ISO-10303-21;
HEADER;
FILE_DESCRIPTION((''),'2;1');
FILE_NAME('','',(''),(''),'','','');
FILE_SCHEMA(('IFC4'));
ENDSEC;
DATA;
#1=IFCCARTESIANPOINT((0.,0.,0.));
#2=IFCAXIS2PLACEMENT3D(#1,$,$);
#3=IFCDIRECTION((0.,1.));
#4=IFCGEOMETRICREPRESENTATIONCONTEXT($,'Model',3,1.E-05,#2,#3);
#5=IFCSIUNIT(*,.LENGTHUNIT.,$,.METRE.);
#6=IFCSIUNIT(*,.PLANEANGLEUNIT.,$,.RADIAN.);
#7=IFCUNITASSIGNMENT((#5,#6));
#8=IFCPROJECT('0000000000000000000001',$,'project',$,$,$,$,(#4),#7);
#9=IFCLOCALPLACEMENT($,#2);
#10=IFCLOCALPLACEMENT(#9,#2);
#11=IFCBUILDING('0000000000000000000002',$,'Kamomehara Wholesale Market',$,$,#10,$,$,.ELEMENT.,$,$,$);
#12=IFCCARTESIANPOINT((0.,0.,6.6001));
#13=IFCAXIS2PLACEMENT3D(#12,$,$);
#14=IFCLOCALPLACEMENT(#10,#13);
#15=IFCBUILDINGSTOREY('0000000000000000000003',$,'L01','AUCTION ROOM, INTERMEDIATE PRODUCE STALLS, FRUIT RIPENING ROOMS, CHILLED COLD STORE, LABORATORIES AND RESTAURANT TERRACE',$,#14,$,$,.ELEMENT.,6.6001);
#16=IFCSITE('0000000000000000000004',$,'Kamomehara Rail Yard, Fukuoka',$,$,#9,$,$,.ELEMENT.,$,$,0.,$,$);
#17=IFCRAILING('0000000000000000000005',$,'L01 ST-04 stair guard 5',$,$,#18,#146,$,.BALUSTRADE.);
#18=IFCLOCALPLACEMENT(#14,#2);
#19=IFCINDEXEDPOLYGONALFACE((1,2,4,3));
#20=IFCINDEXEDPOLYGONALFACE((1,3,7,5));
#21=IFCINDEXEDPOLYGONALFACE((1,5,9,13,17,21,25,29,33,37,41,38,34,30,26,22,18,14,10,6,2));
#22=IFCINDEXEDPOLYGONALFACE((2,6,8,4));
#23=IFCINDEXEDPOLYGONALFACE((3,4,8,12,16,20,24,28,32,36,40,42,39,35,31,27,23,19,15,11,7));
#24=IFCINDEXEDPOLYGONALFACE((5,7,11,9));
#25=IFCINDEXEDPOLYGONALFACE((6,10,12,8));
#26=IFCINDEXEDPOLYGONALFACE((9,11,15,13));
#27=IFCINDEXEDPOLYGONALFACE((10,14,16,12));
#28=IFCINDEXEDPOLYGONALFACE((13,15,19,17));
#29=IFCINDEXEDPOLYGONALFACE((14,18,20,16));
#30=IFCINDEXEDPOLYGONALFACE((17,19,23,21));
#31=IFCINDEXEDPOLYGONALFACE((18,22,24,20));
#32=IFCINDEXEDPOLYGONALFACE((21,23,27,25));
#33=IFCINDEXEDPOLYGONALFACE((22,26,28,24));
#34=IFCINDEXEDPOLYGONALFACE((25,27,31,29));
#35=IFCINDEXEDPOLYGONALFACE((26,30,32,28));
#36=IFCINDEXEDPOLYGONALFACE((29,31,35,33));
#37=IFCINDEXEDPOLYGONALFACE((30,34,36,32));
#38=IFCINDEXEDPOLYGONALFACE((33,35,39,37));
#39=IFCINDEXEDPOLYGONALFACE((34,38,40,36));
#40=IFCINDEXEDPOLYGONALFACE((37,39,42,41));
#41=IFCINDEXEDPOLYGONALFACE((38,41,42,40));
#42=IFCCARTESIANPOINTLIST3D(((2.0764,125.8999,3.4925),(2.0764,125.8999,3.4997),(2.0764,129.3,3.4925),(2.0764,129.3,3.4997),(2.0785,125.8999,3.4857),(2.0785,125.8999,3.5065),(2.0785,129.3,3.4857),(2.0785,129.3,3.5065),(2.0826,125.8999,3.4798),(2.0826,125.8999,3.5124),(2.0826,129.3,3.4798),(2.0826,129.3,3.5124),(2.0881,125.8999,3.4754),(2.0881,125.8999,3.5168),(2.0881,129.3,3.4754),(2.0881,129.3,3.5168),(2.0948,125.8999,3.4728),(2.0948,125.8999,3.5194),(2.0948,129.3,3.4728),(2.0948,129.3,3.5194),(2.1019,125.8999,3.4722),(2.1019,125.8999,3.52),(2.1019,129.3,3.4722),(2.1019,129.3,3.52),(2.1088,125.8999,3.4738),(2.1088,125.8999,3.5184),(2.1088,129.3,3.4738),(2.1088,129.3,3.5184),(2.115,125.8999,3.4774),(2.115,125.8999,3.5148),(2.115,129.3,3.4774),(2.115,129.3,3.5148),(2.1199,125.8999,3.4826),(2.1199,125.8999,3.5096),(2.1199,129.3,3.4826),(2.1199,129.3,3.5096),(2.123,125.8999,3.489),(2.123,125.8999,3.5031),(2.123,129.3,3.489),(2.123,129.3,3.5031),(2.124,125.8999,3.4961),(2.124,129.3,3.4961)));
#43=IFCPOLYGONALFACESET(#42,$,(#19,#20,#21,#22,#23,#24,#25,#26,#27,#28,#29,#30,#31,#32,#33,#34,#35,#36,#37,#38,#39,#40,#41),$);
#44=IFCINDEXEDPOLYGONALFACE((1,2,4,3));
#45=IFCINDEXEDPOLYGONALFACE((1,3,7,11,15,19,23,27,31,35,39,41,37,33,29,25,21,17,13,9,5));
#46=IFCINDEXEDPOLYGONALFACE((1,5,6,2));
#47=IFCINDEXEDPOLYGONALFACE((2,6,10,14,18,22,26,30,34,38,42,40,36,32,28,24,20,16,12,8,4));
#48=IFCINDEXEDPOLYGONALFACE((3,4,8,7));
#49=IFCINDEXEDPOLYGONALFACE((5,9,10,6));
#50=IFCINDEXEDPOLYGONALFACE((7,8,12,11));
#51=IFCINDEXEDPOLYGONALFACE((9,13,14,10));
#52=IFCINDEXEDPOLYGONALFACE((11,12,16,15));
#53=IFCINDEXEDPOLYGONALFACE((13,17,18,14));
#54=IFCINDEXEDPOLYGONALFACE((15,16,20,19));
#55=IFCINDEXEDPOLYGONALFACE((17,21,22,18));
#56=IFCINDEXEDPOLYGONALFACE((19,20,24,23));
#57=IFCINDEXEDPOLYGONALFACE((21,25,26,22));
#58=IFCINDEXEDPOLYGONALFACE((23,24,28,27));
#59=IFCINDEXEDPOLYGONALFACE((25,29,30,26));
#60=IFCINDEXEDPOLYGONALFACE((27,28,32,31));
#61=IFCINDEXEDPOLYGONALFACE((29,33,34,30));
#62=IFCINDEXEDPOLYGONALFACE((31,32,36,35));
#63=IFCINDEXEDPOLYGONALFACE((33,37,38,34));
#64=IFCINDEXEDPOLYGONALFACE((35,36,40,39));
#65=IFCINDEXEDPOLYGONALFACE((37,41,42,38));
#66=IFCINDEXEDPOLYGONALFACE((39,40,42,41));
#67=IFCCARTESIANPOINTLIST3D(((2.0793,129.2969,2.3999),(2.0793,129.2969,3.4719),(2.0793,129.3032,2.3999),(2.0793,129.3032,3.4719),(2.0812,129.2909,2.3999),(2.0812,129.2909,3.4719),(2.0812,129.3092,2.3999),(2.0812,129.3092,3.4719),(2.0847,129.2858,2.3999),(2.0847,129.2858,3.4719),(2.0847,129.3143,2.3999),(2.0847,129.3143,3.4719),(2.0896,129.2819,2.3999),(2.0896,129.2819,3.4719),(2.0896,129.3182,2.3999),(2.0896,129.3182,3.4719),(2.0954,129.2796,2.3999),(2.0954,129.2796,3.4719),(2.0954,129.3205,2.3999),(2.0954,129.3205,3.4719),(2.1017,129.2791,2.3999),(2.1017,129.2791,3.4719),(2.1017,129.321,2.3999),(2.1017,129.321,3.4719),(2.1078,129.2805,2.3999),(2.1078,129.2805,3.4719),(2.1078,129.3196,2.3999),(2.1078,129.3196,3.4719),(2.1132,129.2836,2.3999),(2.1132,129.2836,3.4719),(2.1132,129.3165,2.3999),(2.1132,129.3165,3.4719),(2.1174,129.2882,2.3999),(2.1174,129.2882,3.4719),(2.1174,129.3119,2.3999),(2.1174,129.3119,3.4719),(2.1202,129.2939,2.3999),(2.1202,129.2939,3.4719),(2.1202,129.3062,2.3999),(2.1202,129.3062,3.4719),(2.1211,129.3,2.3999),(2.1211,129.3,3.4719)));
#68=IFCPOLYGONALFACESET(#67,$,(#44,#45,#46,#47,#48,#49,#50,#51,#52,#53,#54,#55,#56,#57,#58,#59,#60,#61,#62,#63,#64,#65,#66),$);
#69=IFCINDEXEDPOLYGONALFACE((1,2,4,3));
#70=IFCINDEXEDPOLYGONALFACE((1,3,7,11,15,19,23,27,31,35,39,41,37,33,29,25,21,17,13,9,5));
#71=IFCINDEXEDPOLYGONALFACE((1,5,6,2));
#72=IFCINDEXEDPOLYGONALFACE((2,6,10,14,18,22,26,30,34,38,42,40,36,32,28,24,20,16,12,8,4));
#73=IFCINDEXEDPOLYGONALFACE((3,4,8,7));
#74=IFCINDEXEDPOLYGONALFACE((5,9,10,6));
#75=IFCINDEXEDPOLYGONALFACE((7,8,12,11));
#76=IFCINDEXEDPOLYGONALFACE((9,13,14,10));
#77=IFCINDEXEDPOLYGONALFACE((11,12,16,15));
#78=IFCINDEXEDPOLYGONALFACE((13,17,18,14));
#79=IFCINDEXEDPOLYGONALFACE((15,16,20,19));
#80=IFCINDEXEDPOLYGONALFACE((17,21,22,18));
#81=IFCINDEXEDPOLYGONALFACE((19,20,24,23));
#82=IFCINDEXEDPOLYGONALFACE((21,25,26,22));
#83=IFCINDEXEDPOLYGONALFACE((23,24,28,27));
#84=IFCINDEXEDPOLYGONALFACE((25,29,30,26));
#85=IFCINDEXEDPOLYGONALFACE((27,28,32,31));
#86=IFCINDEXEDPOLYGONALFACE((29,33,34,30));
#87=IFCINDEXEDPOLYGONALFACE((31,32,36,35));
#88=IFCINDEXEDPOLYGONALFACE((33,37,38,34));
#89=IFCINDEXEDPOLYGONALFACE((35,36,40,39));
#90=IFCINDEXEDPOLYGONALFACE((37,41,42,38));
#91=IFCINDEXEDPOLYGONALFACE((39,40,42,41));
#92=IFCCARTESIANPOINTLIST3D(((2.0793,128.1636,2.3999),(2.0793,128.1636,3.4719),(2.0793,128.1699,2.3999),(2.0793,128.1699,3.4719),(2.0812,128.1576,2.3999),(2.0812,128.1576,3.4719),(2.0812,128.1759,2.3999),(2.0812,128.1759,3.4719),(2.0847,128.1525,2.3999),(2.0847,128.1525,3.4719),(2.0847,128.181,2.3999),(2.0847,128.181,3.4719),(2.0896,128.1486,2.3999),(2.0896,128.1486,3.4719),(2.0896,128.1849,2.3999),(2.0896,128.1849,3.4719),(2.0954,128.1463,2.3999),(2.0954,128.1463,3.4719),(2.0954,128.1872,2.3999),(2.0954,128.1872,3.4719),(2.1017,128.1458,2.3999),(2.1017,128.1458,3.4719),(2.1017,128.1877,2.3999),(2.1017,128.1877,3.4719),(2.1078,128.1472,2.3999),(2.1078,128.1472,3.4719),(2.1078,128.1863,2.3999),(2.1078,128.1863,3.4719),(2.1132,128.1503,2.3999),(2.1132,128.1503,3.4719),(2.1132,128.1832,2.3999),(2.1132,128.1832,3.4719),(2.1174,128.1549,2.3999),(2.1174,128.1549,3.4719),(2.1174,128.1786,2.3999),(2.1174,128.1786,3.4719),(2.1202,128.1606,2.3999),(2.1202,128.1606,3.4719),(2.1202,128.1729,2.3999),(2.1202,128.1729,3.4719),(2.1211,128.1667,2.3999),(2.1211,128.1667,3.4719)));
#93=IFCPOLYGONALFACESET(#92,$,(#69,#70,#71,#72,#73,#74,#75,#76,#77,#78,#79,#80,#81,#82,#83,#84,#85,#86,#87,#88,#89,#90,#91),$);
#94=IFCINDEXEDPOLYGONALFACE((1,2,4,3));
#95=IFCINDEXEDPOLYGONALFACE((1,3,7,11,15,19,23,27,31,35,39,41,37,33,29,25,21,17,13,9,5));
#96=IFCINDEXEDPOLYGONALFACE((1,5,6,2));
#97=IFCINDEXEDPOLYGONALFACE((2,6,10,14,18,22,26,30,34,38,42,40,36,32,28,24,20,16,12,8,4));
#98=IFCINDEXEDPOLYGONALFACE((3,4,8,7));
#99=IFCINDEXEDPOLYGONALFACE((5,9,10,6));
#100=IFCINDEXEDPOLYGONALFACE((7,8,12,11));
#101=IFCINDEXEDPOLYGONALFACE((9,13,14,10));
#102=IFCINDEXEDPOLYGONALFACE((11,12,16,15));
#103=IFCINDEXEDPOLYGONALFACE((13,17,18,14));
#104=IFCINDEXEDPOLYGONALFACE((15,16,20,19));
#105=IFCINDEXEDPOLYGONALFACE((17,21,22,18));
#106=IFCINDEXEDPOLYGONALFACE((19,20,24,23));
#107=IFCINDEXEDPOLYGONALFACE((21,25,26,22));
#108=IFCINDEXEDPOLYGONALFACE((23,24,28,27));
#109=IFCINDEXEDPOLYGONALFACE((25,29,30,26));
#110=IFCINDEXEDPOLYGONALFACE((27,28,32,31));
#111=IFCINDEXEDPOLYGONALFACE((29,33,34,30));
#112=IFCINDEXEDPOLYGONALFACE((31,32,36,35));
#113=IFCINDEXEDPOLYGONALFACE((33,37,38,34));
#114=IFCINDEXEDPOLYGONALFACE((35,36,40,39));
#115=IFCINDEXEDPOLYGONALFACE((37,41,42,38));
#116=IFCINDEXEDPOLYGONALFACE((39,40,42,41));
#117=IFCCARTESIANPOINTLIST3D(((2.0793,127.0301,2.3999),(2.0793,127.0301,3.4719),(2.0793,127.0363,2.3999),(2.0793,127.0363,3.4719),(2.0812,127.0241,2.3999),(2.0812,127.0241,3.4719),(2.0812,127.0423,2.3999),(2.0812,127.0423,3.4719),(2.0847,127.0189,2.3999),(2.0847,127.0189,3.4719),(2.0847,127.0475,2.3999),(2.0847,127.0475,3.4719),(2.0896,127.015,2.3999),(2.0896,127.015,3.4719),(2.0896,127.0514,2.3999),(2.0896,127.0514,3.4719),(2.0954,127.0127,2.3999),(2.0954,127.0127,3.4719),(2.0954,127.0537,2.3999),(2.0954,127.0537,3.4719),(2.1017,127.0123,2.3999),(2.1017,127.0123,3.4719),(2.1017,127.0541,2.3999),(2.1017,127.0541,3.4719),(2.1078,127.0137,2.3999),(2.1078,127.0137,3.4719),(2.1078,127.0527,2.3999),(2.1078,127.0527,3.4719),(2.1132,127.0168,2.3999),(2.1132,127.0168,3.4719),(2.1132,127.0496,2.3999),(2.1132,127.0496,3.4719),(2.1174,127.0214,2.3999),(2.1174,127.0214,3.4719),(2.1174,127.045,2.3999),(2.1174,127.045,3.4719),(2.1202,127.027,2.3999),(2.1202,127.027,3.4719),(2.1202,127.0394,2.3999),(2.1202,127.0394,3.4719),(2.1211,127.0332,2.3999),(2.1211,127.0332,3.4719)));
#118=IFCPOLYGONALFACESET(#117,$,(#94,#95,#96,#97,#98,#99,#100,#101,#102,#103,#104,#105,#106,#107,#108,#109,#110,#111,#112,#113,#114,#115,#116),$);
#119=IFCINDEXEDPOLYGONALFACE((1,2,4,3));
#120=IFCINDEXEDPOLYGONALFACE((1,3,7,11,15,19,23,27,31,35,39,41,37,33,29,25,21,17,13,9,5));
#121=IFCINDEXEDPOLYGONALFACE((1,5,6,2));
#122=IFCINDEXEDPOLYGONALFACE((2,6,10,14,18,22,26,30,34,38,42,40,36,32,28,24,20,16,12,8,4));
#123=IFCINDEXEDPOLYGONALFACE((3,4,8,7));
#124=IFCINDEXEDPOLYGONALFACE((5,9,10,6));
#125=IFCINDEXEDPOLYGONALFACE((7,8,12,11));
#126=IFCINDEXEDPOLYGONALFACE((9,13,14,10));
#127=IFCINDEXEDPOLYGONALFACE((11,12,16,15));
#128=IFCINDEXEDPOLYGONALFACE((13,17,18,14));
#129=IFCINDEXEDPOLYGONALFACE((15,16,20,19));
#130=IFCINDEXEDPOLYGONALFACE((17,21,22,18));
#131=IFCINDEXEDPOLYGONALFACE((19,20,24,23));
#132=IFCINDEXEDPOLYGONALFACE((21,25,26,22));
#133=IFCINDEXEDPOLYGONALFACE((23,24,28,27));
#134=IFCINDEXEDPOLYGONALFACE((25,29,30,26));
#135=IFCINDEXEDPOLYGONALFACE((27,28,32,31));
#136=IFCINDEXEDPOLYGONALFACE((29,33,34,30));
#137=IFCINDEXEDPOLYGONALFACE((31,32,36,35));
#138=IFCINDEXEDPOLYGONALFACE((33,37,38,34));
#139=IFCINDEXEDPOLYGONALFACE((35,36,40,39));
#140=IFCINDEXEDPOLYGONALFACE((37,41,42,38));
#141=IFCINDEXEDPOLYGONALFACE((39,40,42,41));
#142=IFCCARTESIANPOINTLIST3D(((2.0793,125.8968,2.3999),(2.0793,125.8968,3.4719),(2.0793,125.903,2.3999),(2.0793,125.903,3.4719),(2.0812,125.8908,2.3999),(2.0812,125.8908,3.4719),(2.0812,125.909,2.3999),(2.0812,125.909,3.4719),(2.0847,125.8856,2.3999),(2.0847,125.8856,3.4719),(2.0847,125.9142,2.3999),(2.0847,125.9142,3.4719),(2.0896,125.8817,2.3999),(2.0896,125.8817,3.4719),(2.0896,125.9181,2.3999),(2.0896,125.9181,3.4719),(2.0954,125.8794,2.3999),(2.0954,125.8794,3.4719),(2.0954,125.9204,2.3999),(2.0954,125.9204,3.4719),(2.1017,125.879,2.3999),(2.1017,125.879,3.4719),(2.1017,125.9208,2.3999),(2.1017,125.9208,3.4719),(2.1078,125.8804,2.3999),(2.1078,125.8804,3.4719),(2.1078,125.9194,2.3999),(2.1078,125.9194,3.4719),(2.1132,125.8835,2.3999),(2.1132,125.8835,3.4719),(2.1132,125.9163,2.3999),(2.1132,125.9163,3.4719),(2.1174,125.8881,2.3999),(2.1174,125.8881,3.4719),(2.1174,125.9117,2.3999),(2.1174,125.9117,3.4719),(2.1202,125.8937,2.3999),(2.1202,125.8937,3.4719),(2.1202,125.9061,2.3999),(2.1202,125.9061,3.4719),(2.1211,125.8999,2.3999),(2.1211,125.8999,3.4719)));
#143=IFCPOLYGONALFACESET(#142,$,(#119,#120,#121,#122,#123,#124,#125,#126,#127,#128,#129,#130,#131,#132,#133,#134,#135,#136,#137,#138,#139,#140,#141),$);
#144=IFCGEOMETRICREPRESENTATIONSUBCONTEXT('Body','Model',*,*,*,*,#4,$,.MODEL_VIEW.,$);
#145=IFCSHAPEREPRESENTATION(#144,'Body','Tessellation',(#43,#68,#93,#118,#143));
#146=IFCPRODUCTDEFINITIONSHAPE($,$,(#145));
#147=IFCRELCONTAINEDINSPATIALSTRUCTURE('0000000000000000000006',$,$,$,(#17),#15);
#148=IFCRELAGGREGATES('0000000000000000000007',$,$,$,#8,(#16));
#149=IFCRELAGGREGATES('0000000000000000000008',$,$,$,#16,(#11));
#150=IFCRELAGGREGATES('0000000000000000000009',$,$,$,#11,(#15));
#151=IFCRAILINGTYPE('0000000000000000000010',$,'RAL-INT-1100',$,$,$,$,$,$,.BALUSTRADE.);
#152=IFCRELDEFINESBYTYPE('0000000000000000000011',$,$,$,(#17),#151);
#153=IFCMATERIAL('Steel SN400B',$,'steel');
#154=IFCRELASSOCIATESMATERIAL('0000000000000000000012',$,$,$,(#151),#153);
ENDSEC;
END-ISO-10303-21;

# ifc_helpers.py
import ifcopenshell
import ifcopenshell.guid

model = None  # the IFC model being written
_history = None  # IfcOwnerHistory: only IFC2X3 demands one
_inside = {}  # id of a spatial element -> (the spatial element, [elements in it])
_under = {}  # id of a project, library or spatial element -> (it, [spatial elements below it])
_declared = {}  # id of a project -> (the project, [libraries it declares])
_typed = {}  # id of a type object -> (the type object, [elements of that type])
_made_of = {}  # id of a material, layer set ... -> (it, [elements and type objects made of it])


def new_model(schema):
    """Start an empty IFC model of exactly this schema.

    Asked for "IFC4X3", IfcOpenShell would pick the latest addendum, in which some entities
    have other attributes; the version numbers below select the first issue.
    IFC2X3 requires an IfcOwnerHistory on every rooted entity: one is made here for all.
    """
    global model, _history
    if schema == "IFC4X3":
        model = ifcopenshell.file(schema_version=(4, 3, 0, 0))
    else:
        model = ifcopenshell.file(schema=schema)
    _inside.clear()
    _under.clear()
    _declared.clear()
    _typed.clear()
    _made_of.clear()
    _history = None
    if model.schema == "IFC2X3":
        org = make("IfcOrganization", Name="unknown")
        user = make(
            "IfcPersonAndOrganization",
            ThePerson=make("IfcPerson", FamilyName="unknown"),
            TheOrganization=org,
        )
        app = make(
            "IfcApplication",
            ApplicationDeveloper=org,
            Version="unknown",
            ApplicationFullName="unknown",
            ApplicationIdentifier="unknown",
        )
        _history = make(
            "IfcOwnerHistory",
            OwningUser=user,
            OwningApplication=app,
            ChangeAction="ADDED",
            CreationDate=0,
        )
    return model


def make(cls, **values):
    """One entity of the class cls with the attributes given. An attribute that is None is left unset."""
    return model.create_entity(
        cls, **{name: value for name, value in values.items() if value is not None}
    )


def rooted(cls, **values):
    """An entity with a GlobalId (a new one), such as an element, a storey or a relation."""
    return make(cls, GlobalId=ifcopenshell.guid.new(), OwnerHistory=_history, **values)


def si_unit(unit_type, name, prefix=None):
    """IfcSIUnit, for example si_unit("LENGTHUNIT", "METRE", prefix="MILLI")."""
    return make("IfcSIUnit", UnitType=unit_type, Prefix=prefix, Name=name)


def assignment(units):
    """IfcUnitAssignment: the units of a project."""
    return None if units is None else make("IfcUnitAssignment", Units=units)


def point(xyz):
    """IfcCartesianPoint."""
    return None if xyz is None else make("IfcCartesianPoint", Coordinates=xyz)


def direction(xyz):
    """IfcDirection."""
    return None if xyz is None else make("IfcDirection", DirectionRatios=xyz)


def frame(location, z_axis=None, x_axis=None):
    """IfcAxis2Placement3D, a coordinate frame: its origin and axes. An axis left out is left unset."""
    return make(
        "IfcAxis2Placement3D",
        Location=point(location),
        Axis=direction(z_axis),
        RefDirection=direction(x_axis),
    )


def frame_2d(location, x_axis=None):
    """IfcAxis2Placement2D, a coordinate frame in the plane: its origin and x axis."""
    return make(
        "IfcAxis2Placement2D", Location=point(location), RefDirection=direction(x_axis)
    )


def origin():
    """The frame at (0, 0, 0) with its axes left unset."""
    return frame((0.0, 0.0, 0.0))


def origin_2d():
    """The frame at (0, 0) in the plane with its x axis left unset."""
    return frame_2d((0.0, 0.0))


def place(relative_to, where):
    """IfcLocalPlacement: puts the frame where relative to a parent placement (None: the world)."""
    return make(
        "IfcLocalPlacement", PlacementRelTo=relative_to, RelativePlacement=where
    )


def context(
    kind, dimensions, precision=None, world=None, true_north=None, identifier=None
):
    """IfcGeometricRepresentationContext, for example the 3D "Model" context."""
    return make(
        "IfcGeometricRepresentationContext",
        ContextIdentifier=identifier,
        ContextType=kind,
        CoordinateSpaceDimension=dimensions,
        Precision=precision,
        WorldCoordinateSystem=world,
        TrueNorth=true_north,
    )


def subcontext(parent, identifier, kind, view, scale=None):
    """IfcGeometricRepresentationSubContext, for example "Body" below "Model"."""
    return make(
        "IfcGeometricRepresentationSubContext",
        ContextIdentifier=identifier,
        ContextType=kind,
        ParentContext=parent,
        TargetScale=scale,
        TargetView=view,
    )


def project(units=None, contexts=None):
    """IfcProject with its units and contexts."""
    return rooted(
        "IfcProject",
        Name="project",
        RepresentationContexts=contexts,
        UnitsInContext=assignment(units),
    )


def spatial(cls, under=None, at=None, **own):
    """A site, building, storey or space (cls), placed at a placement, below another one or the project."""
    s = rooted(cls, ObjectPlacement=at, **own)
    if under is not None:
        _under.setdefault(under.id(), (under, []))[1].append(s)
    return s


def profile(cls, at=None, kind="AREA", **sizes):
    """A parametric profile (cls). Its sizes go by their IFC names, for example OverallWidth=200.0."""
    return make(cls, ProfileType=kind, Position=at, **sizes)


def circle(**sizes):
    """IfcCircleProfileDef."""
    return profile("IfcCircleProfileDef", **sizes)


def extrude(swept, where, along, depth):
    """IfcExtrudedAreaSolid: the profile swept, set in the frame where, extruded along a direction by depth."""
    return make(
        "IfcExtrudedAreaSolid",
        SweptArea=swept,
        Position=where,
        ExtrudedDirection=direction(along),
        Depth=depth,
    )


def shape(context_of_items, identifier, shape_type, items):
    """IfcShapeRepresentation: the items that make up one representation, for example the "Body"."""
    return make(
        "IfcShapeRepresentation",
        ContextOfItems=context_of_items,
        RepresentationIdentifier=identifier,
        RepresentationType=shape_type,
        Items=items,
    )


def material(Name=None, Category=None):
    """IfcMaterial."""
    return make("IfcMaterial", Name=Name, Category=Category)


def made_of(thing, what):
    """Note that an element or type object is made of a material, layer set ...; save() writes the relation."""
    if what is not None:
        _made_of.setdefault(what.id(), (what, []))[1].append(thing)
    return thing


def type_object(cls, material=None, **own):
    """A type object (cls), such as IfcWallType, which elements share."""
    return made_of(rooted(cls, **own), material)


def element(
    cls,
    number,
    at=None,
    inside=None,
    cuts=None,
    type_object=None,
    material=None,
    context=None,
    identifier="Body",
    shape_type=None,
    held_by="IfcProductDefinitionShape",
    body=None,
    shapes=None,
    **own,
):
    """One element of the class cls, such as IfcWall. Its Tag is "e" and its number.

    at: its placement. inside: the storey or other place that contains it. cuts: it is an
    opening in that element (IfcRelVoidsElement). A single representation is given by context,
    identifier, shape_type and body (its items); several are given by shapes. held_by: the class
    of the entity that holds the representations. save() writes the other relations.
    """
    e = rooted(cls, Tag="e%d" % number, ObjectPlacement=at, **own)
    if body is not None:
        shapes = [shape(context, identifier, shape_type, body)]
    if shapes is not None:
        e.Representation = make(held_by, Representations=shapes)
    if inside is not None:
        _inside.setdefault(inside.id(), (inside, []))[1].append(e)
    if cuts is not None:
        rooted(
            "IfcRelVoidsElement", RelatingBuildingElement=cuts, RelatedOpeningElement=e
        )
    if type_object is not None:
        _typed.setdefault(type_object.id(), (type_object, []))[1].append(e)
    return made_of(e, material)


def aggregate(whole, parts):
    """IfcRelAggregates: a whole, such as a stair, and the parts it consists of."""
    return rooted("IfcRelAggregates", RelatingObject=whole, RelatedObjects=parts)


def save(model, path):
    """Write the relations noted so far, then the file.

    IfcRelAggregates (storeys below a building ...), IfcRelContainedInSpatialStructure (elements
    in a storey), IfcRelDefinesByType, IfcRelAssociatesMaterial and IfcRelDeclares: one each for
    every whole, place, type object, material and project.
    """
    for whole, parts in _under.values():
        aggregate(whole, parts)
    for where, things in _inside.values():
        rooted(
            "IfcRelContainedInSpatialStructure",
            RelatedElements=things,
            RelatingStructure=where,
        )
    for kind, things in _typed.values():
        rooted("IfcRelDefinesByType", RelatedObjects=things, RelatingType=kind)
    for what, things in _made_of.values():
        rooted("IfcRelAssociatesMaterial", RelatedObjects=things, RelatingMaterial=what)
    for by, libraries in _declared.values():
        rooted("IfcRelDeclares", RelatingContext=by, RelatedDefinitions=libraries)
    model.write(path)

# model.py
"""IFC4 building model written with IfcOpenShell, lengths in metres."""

from ifc_helpers import new_model, si_unit, direction, frame, origin, origin_2d, place, context, subcontext, project, spatial, circle, extrude, material, type_object, element, save


model = new_model("IFC4")

# Units and contexts
model_context = context("Model", 3, precision=1e-05, world=origin(), true_north=direction((0.0, 1.0)))
body_context = subcontext(model_context, "Body", "Model", "MODEL_VIEW")
ifc_project = project(units=[si_unit("LENGTHUNIT", "METRE"), si_unit("PLANEANGLEUNIT", "RADIAN")], contexts=[model_context])

# Site, building, storey
site_placement = place(None, origin())
site = spatial("IfcSite", under=ifc_project, at=site_placement, Name="Kamomehara Rail Yard, Fukuoka", CompositionType="ELEMENT", RefElevation=0.0)
building_placement = place(site_placement, origin())
building = spatial("IfcBuilding", under=site, at=building_placement, Name="Kamomehara Wholesale Market", CompositionType="ELEMENT")
storey_placement = place(building_placement, frame((0.0, 0.0, 6.6001)))
storey = spatial("IfcBuildingStorey", under=building, at=storey_placement, Name="L01", Description="AUCTION ROOM, INTERMEDIATE PRODUCE STALLS, FRUIT RIPENING ROOMS, CHILLED COLD STORE, LABORATORIES AND RESTAURANT TERRACE", CompositionType="ELEMENT", Elevation=6.6001)

# Railing
ifc_material_1 = material(Name="Steel SN400B", Category="steel")
railing_type_1 = type_object("IfcRailingType", Name="RAL-INT-1100", PredefinedType="BALUSTRADE", material=ifc_material_1)
railing_1_placement = place(storey_placement, frame((2.1001, 129.3, 2.3999)))
element("IfcRailing", 1, at=railing_1_placement, inside=storey, type_object=railing_type_1, Name="L01 ST-04 stair guard 5", PredefinedType="BALUSTRADE", context=body_context, shape_type="SweptSolid", body=[
    extrude(circle(Radius=0.0239, at=origin_2d()), frame((0.0, 0.0, 1.0962), z_axis=(0.0, -1.0, 0.0), x_axis=(1.0, 0.0, 0.0)), (0.0, 0.0, 1.0), 3.4001),
    extrude(circle(Radius=0.021, at=origin_2d()), origin(), (0.0, 0.0, 1.0), 1.072),
    extrude(circle(Radius=0.021, at=origin_2d()), frame((0.0, -1.1333, 0.0)), (0.0, 0.0, 1.0), 1.072),
    extrude(circle(Radius=0.021, at=origin_2d()), frame((0.0, -2.2668, 0.0)), (0.0, 0.0, 1.0), 1.072),
    extrude(circle(Radius=0.021, at=origin_2d()), frame((0.0, -3.4001, 0.0)), (0.0, 0.0, 1.0), 1.072),
])

save(model, "model.ifc")
